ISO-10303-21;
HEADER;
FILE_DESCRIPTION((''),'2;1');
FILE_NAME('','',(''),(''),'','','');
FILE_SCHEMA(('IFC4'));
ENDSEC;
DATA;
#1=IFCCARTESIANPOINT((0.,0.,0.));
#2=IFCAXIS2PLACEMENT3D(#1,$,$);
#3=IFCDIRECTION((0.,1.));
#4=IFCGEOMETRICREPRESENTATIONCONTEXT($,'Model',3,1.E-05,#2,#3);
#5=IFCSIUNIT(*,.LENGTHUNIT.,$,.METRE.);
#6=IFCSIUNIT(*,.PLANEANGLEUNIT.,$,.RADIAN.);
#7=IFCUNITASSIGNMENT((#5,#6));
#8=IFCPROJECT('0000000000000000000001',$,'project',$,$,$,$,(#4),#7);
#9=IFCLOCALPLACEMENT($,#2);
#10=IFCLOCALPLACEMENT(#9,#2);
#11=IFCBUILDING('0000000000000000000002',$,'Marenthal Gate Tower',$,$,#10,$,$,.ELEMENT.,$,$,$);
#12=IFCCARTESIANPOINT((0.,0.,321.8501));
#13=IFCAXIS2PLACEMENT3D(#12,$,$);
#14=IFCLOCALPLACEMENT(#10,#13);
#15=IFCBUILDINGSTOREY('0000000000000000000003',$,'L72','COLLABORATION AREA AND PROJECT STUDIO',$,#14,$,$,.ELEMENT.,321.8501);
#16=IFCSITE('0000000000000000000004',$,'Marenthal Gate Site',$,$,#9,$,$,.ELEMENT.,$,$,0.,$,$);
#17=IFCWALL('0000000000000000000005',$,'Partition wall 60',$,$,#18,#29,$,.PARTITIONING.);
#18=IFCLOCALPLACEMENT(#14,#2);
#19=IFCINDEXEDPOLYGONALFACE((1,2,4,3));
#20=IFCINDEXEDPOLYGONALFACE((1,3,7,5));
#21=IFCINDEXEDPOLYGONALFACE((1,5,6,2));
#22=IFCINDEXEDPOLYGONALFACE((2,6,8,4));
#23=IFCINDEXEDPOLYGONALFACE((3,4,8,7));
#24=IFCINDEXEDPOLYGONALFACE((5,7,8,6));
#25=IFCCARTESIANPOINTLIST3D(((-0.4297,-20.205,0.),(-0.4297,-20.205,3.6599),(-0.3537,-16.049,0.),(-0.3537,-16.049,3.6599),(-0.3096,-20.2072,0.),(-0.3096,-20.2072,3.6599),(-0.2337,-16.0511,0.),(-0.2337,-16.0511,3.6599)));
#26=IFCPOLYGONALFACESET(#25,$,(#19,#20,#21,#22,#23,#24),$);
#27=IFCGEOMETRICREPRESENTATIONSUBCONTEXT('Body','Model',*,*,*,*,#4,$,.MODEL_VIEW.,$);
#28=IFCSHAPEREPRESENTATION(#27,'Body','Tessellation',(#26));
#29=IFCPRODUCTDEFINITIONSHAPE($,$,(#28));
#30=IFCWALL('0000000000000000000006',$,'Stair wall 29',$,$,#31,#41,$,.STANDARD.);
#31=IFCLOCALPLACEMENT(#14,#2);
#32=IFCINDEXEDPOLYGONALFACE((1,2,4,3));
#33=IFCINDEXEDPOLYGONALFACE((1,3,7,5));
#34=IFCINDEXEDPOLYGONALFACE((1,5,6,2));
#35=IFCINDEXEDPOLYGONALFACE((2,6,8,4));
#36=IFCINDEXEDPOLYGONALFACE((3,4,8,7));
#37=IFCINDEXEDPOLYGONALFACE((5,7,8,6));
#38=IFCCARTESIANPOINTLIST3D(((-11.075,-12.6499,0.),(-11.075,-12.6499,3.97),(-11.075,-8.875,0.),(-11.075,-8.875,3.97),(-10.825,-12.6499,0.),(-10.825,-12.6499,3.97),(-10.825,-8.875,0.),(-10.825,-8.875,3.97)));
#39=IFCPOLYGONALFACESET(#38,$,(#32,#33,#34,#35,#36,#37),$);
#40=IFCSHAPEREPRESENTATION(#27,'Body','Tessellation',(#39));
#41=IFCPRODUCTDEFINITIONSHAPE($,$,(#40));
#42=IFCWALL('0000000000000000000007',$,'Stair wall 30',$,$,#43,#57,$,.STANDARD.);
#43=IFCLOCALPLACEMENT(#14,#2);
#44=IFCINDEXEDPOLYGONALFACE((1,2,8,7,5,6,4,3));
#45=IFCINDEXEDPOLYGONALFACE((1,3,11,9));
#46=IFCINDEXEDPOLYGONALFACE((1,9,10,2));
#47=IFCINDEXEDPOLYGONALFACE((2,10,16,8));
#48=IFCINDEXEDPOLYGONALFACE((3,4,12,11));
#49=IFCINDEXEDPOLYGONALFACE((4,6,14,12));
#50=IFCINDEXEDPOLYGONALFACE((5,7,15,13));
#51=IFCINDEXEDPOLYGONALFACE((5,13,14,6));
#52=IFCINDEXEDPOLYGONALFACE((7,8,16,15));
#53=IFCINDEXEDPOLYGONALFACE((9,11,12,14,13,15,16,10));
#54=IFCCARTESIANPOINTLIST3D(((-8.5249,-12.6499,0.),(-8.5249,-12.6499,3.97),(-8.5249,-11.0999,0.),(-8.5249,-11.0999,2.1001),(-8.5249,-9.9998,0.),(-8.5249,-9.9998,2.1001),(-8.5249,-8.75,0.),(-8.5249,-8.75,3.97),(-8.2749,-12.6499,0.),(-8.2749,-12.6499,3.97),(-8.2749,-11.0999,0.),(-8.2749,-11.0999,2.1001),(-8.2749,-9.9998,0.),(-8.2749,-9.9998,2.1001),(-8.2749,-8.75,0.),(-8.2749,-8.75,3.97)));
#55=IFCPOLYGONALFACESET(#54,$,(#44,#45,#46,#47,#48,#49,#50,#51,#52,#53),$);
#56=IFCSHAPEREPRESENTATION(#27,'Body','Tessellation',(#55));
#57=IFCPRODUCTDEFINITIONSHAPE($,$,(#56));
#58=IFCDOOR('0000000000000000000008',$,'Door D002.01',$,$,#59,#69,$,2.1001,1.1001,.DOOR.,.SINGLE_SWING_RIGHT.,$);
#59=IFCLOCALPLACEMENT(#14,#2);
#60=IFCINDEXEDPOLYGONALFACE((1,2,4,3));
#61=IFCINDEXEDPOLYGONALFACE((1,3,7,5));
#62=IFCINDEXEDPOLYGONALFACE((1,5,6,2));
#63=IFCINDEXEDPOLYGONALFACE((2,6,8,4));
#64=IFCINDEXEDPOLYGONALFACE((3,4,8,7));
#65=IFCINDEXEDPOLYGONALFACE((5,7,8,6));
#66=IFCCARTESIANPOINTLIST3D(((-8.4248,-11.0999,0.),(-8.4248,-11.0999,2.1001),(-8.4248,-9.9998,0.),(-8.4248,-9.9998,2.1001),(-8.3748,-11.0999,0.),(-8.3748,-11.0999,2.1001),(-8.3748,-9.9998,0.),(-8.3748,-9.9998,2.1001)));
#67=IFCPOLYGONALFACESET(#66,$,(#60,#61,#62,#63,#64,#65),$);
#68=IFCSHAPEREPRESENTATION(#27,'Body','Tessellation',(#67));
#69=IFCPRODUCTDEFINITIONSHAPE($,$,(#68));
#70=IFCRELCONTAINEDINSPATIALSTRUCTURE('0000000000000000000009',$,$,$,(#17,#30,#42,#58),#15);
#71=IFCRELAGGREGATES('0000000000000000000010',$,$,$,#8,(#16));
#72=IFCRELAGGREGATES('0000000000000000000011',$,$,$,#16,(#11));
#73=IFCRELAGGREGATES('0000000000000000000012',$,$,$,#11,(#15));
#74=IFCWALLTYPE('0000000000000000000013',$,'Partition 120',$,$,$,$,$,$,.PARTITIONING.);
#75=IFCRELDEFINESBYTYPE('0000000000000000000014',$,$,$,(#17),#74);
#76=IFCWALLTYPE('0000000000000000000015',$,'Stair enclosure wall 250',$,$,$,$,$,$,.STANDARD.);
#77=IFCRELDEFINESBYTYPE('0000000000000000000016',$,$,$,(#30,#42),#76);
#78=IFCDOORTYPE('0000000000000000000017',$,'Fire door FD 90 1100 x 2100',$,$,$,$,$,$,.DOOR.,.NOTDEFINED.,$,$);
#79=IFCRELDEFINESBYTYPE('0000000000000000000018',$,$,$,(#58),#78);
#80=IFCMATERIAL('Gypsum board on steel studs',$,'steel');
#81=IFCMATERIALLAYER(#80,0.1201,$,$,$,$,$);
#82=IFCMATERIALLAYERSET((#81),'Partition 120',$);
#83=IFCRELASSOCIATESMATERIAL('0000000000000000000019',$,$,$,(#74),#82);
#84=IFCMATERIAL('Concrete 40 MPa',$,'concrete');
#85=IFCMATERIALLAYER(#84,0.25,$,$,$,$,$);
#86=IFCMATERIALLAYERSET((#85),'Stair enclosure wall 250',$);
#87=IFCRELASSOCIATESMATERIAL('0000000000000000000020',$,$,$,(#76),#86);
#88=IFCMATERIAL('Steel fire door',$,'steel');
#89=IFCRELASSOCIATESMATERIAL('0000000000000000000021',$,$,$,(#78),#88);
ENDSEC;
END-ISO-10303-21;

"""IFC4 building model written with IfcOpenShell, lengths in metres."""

from ifc_helpers import new_model, si_unit, direction, frame, frame_2d, origin, place, context, subcontext, project, spatial, rectangle, extrude, material, layer, layer_set, type_object, element, fill, save


model = new_model("IFC4")

# Units and contexts
model_context = context("Model", 3, precision=1e-05, world=origin(), true_north=direction((0.0, 1.0)))
body_context = subcontext(model_context, "Body", "Model", "MODEL_VIEW")
ifc_project = project(units=[si_unit("LENGTHUNIT", "METRE"), si_unit("PLANEANGLEUNIT", "RADIAN")], contexts=[model_context])

# Site, building, storey
site_placement = place(None, origin())
site = spatial("IfcSite", under=ifc_project, at=site_placement, Name="Marenthal Gate Site", CompositionType="ELEMENT", RefElevation=0.0)
building_placement = place(site_placement, origin())
building = spatial("IfcBuilding", under=site, at=building_placement, Name="Marenthal Gate Tower", CompositionType="ELEMENT")
storey_placement = place(building_placement, frame((0.0, 0.0, 321.8501)))
storey = spatial("IfcBuildingStorey", under=building, at=storey_placement, Name="L72", Description="COLLABORATION AREA AND PROJECT STUDIO", CompositionType="ELEMENT", Elevation=321.8501)

# Walls
ifc_material_1 = material(Name="Gypsum board on steel studs", Category="steel")
ifc_layer_1 = layer(ifc_material_1, 0.1201)
ifc_layer_set_1 = layer_set([ifc_layer_1], Name="Partition 120")
wall_type_1 = type_object("IfcWallType", Name="Partition 120", PredefinedType="PARTITIONING", material=ifc_layer_set_1)
wall_1_placement = place(storey_placement, frame((-0.2937, -16.05, 0.0), z_axis=(0.0, 0.0, 1.0), x_axis=(-0.018266, -0.999833, 0.0)))
element("IfcWall", 1, at=wall_1_placement, inside=storey, type_object=wall_type_1, Name="Partition wall 60", PredefinedType="PARTITIONING", context=body_context, shape_type="SweptSolid", body=[
    extrude(rectangle(XDim=4.1567, YDim=0.1201, at=frame_2d((2.0784, 0.0))), origin(), (0.0, 0.0, 1.0), 3.6599),
])
ifc_material_2 = material(Name="Concrete 40 MPa", Category="concrete")
ifc_layer_2 = layer(ifc_material_2, 0.25)
ifc_layer_set_2 = layer_set([ifc_layer_2], Name="Stair enclosure wall 250")
wall_type_2 = type_object("IfcWallType", Name="Stair enclosure wall 250", PredefinedType="STANDARD", material=ifc_layer_set_2)
wall_2_placement = place(storey_placement, frame((-10.95, -12.6499, 0.0), z_axis=(0.0, 0.0, 1.0), x_axis=(0.0, 1.0, 0.0)))
element("IfcWall", 2, at=wall_2_placement, inside=storey, type_object=wall_type_2, Name="Stair wall 29", PredefinedType="STANDARD", context=body_context, shape_type="SweptSolid", body=[
    extrude(rectangle(XDim=3.7749, YDim=0.25, at=frame_2d((1.8875, 0.0))), origin(), (0.0, 0.0, 1.0), 3.97),
])

# Wall, opening, door
wall_3_placement = place(storey_placement, frame((-8.3999, -12.6499, 0.0), z_axis=(0.0, 0.0, 1.0), x_axis=(0.0, 1.0, 0.0)))
wall_3 = element("IfcWall", 3, at=wall_3_placement, inside=storey, type_object=wall_type_2, Name="Stair wall 30", PredefinedType="STANDARD", context=body_context, shape_type="SweptSolid", body=[
    extrude(rectangle(XDim=3.8999, YDim=0.25, at=frame_2d((1.95, 0.0))), origin(), (0.0, 0.0, 1.0), 3.97),
])
opening_1_placement = place(wall_3_placement, frame((1.55, 0.0, 0.0)))
opening_1 = element("IfcOpeningElement", 4, at=opening_1_placement, cuts=wall_3, PredefinedType="OPENING", context=body_context, shape_type="SweptSolid", body=[
    extrude(rectangle(XDim=1.1001, YDim=2.1001, at=frame_2d((0.55, 1.05))), frame((0.0, 0.135, 0.0), z_axis=(0.0, -1.0, 0.0), x_axis=(1.0, 0.0, 0.0)), (0.0, 0.0, 1.0), 0.27),
])
ifc_material_3 = material(Name="Steel fire door", Category="steel")
door_type_1 = type_object("IfcDoorType", Name="Fire door FD 90 1100 x 2100", OperationType="NOTDEFINED", PredefinedType="DOOR", material=ifc_material_3)
door_1_placement = place(opening_1_placement, origin())
door_1 = element("IfcDoor", 5, at=door_1_placement, inside=storey, type_object=door_type_1, Name="Door D002.01", OperationType="SINGLE_SWING_RIGHT", OverallHeight=2.1001, OverallWidth=1.1001, PredefinedType="DOOR", context=body_context, shape_type="SweptSolid", body=[
    extrude(rectangle(XDim=1.1001, YDim=2.1001, at=frame_2d((0.55, 1.05))), frame((0.0, 0.0249, 0.0), z_axis=(0.0, -1.0, 0.0), x_axis=(1.0, 0.0, 0.0)), (0.0, 0.0, 1.0), 0.05),
])
fill(opening_1, door_1)

save(model, "model.ifc")
